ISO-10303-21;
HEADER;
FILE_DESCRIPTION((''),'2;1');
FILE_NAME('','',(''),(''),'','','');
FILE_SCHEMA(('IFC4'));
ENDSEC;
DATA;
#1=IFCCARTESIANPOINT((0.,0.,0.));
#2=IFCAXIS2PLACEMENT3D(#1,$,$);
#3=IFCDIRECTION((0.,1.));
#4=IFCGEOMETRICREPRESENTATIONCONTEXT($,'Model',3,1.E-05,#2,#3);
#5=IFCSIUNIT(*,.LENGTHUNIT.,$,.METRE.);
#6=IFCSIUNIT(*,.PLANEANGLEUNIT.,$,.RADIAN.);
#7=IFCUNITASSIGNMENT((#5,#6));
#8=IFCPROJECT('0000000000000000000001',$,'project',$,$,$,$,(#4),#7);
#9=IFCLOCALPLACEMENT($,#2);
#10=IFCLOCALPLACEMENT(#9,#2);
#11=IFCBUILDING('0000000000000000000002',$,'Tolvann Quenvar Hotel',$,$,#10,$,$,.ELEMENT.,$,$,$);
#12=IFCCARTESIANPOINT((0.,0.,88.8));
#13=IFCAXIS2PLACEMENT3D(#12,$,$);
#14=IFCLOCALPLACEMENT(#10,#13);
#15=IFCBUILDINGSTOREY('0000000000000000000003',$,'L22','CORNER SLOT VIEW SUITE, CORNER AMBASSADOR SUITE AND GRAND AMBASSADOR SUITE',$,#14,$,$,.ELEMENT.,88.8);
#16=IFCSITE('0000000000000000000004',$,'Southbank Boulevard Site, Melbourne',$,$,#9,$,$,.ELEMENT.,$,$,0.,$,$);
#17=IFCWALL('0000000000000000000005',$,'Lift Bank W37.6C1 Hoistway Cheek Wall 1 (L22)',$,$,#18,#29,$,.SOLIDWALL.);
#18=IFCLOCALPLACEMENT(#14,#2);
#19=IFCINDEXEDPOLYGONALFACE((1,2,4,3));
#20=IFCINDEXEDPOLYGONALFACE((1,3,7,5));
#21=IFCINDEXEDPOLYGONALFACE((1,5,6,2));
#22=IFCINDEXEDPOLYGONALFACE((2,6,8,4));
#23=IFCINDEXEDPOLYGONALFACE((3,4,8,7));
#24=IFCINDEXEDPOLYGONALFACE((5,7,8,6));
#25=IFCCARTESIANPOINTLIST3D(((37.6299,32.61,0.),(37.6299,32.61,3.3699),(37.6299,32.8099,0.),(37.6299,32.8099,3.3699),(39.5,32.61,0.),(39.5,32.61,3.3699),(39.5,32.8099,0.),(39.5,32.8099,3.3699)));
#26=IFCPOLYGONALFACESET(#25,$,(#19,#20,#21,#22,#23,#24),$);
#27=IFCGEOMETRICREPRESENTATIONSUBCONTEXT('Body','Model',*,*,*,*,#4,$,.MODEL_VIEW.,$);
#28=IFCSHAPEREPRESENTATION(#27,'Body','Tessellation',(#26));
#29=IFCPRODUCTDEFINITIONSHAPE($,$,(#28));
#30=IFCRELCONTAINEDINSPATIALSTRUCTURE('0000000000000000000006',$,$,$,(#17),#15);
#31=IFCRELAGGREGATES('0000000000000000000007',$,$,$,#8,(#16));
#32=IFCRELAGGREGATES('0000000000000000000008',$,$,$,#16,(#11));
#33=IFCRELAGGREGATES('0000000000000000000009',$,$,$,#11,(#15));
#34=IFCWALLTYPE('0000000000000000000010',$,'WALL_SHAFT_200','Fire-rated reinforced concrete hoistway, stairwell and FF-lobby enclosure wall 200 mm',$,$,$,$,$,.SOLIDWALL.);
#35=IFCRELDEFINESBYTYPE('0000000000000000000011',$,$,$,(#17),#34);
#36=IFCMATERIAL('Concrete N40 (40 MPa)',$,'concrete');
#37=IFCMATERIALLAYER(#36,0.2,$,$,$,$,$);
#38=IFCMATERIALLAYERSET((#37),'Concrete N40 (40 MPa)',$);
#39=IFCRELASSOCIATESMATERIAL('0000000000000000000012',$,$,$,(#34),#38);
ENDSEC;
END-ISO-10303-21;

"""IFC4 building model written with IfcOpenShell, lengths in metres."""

from ifc_helpers import new_model, si_unit, direction, frame, frame_2d, origin, place, context, subcontext, project, spatial, rectangle, extrude, material, layer, layer_set, type_object, element, save


model = new_model("IFC4")

# Units and contexts
model_context = context("Model", 3, precision=1e-05, world=origin(), true_north=direction((0.0, 1.0)))
body_context = subcontext(model_context, "Body", "Model", "MODEL_VIEW")
ifc_project = project(units=[si_unit("LENGTHUNIT", "METRE"), si_unit("PLANEANGLEUNIT", "RADIAN")], contexts=[model_context])

# Site, building, storey
site_placement = place(None, origin())
site = spatial("IfcSite", under=ifc_project, at=site_placement, Name="Southbank Boulevard Site, Melbourne", CompositionType="ELEMENT", RefElevation=0.0)
building_placement = place(site_placement, origin())
building = spatial("IfcBuilding", under=site, at=building_placement, Name="Tolvann Quenvar Hotel", CompositionType="ELEMENT")
storey_placement = place(building_placement, frame((0.0, 0.0, 88.8)))
storey = spatial("IfcBuildingStorey", under=building, at=storey_placement, Name="L22", Description="CORNER SLOT VIEW SUITE, CORNER AMBASSADOR SUITE AND GRAND AMBASSADOR SUITE", CompositionType="ELEMENT", Elevation=88.8)

# Shared definitions
ifc_material_1 = material(Name="Concrete N40 (40 MPa)", Category="concrete")
ifc_layer_1 = layer(ifc_material_1, 0.2)
ifc_layer_set_1 = layer_set([ifc_layer_1], Name="Concrete N40 (40 MPa)")
wall_type_1 = type_object("IfcWallType", Name="WALL_SHAFT_200", Description="Fire-rated reinforced concrete hoistway, stairwell and FF-lobby enclosure wall 200 mm", PredefinedType="SOLIDWALL", material=ifc_layer_set_1)

# Wall
wall_1_placement = place(storey_placement, frame((37.6299, 32.71, 0.0), z_axis=(0.0, 0.0, 1.0), x_axis=(1.0, 0.0, 0.0)))
element("IfcWall", 1, at=wall_1_placement, inside=storey, type_object=wall_type_1, Name="Lift Bank W37.6C1 Hoistway Cheek Wall 1 (L22)", PredefinedType="SOLIDWALL", context=body_context, shape_type="SweptSolid", body=[
    extrude(rectangle(XDim=1.8701, YDim=0.2, at=frame_2d((0.9351, 0.0))), origin(), (0.0, 0.0, 1.0), 3.3699),
])

save(model, "model.ifc")
